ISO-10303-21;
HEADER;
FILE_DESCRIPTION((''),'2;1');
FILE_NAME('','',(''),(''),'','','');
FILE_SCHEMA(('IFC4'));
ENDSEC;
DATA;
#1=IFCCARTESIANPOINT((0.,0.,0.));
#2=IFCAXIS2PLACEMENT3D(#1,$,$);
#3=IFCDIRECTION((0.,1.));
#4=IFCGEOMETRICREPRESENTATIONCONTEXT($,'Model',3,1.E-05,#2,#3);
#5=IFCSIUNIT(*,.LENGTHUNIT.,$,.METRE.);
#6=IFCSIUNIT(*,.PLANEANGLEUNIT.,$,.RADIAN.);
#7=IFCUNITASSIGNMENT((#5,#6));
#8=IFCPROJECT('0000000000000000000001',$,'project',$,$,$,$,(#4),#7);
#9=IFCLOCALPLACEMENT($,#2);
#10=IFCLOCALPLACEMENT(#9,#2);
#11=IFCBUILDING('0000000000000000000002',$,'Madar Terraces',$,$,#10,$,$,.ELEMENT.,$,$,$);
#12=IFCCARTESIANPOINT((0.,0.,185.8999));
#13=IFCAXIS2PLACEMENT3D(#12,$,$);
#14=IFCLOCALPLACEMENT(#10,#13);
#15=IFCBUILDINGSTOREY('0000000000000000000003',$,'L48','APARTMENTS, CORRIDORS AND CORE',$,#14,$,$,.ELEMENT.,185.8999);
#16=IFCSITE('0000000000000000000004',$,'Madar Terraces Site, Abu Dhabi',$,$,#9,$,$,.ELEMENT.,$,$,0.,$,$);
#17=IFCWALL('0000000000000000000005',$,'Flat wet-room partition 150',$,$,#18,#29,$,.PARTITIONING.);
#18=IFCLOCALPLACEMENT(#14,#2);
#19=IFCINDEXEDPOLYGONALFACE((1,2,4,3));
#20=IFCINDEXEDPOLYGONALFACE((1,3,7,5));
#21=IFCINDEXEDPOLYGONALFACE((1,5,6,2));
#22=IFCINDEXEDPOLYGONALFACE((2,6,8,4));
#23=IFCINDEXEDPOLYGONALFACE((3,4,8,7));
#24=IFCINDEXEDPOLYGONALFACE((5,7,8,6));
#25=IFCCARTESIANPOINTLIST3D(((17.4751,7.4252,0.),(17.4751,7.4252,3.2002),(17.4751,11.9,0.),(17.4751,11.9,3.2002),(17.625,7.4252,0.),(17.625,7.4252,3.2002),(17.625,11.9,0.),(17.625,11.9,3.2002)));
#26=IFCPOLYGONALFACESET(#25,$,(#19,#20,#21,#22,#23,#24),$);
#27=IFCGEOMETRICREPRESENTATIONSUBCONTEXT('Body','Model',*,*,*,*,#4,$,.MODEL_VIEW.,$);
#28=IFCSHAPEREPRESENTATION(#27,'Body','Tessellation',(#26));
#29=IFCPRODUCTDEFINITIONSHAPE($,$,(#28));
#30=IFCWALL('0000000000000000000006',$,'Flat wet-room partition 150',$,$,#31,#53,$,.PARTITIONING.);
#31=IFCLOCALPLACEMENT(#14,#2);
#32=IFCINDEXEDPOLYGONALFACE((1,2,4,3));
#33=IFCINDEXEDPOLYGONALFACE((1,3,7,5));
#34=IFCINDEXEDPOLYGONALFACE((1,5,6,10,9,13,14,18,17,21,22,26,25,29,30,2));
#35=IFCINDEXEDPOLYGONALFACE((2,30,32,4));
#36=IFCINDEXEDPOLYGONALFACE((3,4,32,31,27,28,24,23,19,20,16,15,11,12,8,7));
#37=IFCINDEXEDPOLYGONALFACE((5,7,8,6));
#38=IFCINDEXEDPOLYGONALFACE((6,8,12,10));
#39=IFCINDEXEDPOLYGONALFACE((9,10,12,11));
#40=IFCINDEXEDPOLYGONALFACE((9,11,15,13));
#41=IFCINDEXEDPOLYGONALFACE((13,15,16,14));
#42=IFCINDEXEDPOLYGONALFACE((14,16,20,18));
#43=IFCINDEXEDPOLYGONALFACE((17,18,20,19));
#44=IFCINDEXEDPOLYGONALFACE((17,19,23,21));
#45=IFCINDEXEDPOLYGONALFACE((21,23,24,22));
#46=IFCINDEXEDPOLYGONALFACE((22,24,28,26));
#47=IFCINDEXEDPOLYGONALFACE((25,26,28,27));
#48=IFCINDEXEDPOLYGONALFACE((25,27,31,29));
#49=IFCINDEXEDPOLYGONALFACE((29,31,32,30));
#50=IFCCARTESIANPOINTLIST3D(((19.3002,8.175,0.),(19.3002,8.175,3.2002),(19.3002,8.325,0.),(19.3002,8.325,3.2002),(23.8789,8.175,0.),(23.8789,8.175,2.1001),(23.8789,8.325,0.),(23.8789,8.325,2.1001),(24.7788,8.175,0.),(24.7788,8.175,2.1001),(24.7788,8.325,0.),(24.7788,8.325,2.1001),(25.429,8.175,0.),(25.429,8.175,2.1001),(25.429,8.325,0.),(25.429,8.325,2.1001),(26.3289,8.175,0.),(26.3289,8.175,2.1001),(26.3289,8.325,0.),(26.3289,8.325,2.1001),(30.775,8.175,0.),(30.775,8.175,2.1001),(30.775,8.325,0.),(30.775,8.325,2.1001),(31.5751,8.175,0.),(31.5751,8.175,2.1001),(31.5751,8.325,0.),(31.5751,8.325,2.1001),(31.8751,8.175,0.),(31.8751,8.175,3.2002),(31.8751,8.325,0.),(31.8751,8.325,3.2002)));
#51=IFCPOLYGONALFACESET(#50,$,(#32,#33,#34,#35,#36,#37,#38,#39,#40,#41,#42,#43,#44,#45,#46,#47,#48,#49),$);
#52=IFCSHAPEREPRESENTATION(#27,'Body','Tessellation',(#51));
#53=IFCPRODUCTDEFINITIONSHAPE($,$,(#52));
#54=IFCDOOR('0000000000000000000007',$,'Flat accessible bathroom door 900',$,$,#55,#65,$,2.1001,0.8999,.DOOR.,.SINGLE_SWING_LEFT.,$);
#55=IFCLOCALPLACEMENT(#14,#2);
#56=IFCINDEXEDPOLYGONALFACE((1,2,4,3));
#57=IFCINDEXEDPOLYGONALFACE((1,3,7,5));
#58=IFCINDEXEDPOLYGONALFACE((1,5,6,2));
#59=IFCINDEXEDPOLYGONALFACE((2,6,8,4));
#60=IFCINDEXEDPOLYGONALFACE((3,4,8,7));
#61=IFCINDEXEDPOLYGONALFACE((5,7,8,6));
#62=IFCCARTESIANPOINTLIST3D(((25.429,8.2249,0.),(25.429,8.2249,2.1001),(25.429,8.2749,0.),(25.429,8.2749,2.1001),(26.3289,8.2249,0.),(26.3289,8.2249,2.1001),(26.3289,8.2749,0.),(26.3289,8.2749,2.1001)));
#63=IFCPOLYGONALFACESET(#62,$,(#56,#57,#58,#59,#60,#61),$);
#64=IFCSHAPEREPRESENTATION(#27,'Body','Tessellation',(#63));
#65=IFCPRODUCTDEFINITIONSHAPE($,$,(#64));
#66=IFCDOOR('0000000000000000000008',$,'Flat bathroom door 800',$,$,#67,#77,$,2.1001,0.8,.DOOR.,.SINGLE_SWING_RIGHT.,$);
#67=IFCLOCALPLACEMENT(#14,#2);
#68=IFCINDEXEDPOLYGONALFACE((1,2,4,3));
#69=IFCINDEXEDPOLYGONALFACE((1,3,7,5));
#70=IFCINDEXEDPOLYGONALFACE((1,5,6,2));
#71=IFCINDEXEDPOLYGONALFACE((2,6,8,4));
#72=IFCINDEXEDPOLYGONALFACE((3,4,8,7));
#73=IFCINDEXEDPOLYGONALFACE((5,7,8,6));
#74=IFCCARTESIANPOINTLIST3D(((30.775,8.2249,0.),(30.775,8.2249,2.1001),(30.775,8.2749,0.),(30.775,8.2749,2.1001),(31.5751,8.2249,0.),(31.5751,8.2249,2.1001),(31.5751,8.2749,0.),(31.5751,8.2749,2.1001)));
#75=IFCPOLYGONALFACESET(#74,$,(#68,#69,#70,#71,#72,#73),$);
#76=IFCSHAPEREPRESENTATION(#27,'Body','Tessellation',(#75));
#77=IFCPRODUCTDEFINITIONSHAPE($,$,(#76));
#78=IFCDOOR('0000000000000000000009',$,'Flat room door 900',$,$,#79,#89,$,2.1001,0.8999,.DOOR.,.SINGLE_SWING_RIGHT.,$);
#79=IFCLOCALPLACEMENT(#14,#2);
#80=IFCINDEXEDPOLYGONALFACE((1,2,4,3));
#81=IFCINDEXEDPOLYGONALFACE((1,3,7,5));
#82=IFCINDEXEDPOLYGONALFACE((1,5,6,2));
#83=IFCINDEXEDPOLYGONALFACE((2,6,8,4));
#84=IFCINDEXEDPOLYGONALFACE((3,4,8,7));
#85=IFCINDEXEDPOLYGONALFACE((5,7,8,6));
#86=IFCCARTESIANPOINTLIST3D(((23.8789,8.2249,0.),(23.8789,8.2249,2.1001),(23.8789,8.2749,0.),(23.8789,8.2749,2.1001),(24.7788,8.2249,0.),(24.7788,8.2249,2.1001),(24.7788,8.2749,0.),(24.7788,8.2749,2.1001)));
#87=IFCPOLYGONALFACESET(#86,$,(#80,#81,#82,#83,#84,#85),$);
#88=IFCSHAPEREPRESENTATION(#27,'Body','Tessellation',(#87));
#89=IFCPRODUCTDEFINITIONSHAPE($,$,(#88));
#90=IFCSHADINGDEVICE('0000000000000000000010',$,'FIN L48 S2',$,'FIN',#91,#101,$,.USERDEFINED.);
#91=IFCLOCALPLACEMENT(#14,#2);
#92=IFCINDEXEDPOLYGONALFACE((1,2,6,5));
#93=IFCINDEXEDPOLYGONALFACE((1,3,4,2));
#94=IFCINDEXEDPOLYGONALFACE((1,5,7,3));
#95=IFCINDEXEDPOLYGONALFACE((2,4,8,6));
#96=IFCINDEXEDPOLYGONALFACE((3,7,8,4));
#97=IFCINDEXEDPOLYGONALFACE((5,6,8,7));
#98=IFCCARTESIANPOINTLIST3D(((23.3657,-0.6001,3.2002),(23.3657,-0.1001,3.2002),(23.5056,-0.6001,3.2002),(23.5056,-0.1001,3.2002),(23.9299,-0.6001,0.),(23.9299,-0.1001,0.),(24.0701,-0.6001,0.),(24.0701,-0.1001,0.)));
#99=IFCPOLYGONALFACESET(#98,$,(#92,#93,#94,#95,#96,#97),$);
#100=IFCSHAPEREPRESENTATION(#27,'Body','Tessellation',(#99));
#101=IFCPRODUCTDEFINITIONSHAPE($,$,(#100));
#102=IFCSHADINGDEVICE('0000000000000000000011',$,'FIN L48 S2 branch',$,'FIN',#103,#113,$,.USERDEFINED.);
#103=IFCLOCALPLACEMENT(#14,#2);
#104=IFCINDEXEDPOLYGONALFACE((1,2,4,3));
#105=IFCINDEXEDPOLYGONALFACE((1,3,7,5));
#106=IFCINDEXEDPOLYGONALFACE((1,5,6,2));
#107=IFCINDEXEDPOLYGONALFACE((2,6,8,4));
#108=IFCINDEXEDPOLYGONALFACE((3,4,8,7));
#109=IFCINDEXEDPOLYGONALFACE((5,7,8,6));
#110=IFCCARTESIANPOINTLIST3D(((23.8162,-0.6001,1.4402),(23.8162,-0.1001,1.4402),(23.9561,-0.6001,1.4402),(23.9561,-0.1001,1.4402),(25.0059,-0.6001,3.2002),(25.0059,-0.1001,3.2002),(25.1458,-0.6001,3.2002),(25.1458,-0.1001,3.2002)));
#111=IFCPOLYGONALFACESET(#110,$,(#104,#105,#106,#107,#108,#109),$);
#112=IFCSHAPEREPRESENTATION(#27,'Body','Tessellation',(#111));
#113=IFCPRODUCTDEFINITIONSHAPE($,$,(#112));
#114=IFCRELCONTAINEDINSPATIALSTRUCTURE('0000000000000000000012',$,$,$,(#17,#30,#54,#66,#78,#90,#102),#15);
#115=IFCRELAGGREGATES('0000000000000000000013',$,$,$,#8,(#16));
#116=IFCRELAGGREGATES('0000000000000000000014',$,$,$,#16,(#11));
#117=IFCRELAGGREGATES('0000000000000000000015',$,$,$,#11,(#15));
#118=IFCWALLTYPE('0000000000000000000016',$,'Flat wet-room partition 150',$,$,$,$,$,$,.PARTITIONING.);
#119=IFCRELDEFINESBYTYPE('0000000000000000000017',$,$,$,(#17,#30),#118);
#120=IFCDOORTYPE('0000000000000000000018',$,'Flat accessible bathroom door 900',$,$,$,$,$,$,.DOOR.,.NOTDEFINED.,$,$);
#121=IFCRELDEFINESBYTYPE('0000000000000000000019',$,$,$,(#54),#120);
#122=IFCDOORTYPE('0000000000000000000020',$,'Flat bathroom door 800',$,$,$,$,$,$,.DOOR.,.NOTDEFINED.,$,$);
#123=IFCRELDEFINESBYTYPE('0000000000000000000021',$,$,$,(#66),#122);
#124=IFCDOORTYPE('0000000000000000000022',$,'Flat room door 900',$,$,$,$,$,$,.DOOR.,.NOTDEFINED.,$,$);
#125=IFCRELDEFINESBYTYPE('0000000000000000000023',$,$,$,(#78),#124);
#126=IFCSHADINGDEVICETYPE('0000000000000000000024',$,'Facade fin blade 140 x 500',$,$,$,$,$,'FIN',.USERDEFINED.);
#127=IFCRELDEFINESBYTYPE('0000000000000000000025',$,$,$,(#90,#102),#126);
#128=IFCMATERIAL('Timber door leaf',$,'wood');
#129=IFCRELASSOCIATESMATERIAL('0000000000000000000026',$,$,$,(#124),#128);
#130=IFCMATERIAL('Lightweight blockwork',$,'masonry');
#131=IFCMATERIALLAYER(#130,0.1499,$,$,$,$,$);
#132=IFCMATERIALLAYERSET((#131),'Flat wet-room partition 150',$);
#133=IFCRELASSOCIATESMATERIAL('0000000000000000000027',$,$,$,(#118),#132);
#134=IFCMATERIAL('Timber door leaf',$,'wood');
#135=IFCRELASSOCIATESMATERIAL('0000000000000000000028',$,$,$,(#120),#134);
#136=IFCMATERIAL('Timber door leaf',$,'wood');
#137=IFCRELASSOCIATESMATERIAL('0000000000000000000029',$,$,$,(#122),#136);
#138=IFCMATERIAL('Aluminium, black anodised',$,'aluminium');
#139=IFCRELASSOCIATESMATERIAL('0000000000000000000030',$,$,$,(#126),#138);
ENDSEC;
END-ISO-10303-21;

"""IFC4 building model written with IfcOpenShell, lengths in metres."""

from ifc_helpers import new_model, si_unit, direction, frame, frame_2d, origin, place, context, subcontext, project, spatial, polyline, rectangle, outline, extrude, material, layer, layer_set, type_object, element, fill, save


model = new_model("IFC4")

# Units and contexts
model_context = context("Model", 3, precision=1e-05, world=origin(), true_north=direction((0.0, 1.0)))
body_context = subcontext(model_context, "Body", "Model", "MODEL_VIEW")
ifc_project = project(units=[si_unit("LENGTHUNIT", "METRE"), si_unit("PLANEANGLEUNIT", "RADIAN")], contexts=[model_context])

# Site, building, storey
site_placement = place(None, origin())
site = spatial("IfcSite", under=ifc_project, at=site_placement, Name="Madar Terraces Site, Abu Dhabi", CompositionType="ELEMENT", RefElevation=0.0)
building_placement = place(site_placement, origin())
building = spatial("IfcBuilding", under=site, at=building_placement, Name="Madar Terraces", CompositionType="ELEMENT")
storey_placement = place(building_placement, frame((0.0, 0.0, 185.8999)))
storey = spatial("IfcBuildingStorey", under=building, at=storey_placement, Name="L48", Description="APARTMENTS, CORRIDORS AND CORE", CompositionType="ELEMENT", Elevation=185.8999)

# Shared definitions
ifc_material_1 = material(Name="Timber door leaf", Category="wood")
door_type_1 = type_object("IfcDoorType", Name="Flat room door 900", OperationType="NOTDEFINED", PredefinedType="DOOR", material=ifc_material_1)

# Wall
ifc_material_2 = material(Name="Lightweight blockwork", Category="masonry")
ifc_layer_1 = layer(ifc_material_2, 0.1499)
ifc_layer_set_1 = layer_set([ifc_layer_1], Name="Flat wet-room partition 150")
wall_type_1 = type_object("IfcWallType", Name="Flat wet-room partition 150", PredefinedType="PARTITIONING", material=ifc_layer_set_1)
wall_1_placement = place(storey_placement, frame((17.55, 11.8999, 0.0), z_axis=(0.0, 0.0, 1.0), x_axis=(0.0, -1.0, 0.0)))
element("IfcWall", 1, at=wall_1_placement, inside=storey, type_object=wall_type_1, Name="Flat wet-room partition 150", PredefinedType="PARTITIONING", context=body_context, shape_type="SweptSolid", body=[
    extrude(rectangle(XDim=4.4749, YDim=0.1499, at=frame_2d((2.2373, 0.0))), origin(), (0.0, 0.0, 1.0), 3.2002),
])

# Wall, openings, doors
wall_2_placement = place(storey_placement, frame((19.3, 8.25, 0.0), z_axis=(0.0, 0.0, 1.0), x_axis=(1.0, 0.0, 0.0)))
wall_2 = element("IfcWall", 2, at=wall_2_placement, inside=storey, type_object=wall_type_1, Name="Flat wet-room partition 150", PredefinedType="PARTITIONING", context=body_context, shape_type="SweptSolid", body=[
    extrude(rectangle(XDim=12.575, YDim=0.1499, at=frame_2d((6.2876, 0.0))), origin(), (0.0, 0.0, 1.0), 3.2002),
])
opening_1_placement = place(wall_2_placement, frame((11.4751, 0.0, 0.0)))
opening_1 = element("IfcOpeningElement", 3, at=opening_1_placement, cuts=wall_2, PredefinedType="OPENING", context=body_context, shape_type="SweptSolid", body=[
    extrude(rectangle(XDim=0.8, YDim=2.1001, at=frame_2d((0.3999, 1.05))), frame((0.0, 0.085, 0.0), z_axis=(0.0, -1.0, 0.0), x_axis=(1.0, 0.0, 0.0)), (0.0, 0.0, 1.0), 0.1699),
])
opening_2_placement = place(wall_2_placement, frame((6.1289, 0.0, 0.0)))
opening_2 = element("IfcOpeningElement", 4, at=opening_2_placement, cuts=wall_2, PredefinedType="OPENING", context=body_context, shape_type="SweptSolid", body=[
    extrude(rectangle(XDim=0.8999, YDim=2.1001, at=frame_2d((0.45, 1.05))), frame((0.0, 0.085, 0.0), z_axis=(0.0, -1.0, 0.0), x_axis=(1.0, 0.0, 0.0)), (0.0, 0.0, 1.0), 0.1699),
])
opening_3_placement = place(wall_2_placement, frame((4.5789, 0.0, 0.0)))
opening_3 = element("IfcOpeningElement", 5, at=opening_3_placement, cuts=wall_2, PredefinedType="OPENING", context=body_context, shape_type="SweptSolid", body=[
    extrude(rectangle(XDim=0.8999, YDim=2.1001, at=frame_2d((0.45, 1.05))), frame((0.0, 0.085, 0.0), z_axis=(0.0, -1.0, 0.0), x_axis=(1.0, 0.0, 0.0)), (0.0, 0.0, 1.0), 0.1699),
])
ifc_material_3 = material(Name="Timber door leaf", Category="wood")
door_type_2 = type_object("IfcDoorType", Name="Flat accessible bathroom door 900", OperationType="NOTDEFINED", PredefinedType="DOOR", material=ifc_material_3)
door_1_placement = place(opening_2_placement, origin())
door_1 = element("IfcDoor", 6, at=door_1_placement, inside=storey, type_object=door_type_2, Name="Flat accessible bathroom door 900", OperationType="SINGLE_SWING_LEFT", OverallHeight=2.1001, OverallWidth=0.8999, PredefinedType="DOOR", context=body_context, shape_type="SweptSolid", body=[
    extrude(rectangle(XDim=0.8999, YDim=2.1001, at=frame_2d((0.45, 1.05))), frame((0.0, 0.0249, 0.0), z_axis=(0.0, -1.0, 0.0), x_axis=(1.0, 0.0, 0.0)), (0.0, 0.0, 1.0), 0.05),
])
fill(opening_2, door_1)
ifc_material_4 = material(Name="Timber door leaf", Category="wood")
door_type_3 = type_object("IfcDoorType", Name="Flat bathroom door 800", OperationType="NOTDEFINED", PredefinedType="DOOR", material=ifc_material_4)
door_2_placement = place(opening_1_placement, origin())
door_2 = element("IfcDoor", 7, at=door_2_placement, inside=storey, type_object=door_type_3, Name="Flat bathroom door 800", OperationType="SINGLE_SWING_RIGHT", OverallHeight=2.1001, OverallWidth=0.8, PredefinedType="DOOR", context=body_context, shape_type="SweptSolid", body=[
    extrude(rectangle(XDim=0.8, YDim=2.1001, at=frame_2d((0.3999, 1.05))), frame((0.0, 0.0249, 0.0), z_axis=(0.0, -1.0, 0.0), x_axis=(1.0, 0.0, 0.0)), (0.0, 0.0, 1.0), 0.05),
])
fill(opening_1, door_2)
door_3_placement = place(opening_3_placement, origin())
door_3 = element("IfcDoor", 8, at=door_3_placement, inside=storey, type_object=door_type_1, Name="Flat room door 900", OperationType="SINGLE_SWING_RIGHT", OverallHeight=2.1001, OverallWidth=0.8999, PredefinedType="DOOR", context=body_context, shape_type="SweptSolid", body=[
    extrude(rectangle(XDim=0.8999, YDim=2.1001, at=frame_2d((0.45, 1.05))), frame((0.0, 0.0249, 0.0), z_axis=(0.0, -1.0, 0.0), x_axis=(1.0, 0.0, 0.0)), (0.0, 0.0, 1.0), 0.05),
])
fill(opening_3, door_3)

# Shading devices
ifc_material_5 = material(Name="Aluminium, black anodised", Category="aluminium")
shading_device_type = type_object("IfcShadingDeviceType", Name="Facade fin blade 140 x 500", ElementType="FIN", PredefinedType="USERDEFINED", material=ifc_material_5)
shading_device_1_placement = place(storey_placement, frame((23.9299, -0.3501, 0.0), z_axis=(0.0, 0.0, 1.0), x_axis=(1.0, 0.0, 0.0)))
element("IfcShadingDevice", 9, at=shading_device_1_placement, inside=storey, type_object=shading_device_type, Name="FIN L48 S2", ObjectType="FIN", PredefinedType="USERDEFINED", context=body_context, shape_type="SweptSolid", body=[
    extrude(outline(polyline([(0.0, 0.0), (0.1401, 0.0), (-0.4243, 3.2002), (-0.5642, 3.2002), (0.0, 0.0)])), frame((0.0, 0.25, 0.0), z_axis=(0.0, -1.0, 0.0), x_axis=(1.0, 0.0, 0.0)), (0.0, 0.0, 1.0), 0.5),
])
shading_device_2_placement = place(storey_placement, frame((23.8162, -0.3501, 1.4402), z_axis=(0.0, 0.0, 1.0), x_axis=(1.0, 0.0, 0.0)))
element("IfcShadingDevice", 10, at=shading_device_2_placement, inside=storey, type_object=shading_device_type, Name="FIN L48 S2 branch", ObjectType="FIN", PredefinedType="USERDEFINED", context=body_context, shape_type="SweptSolid", body=[
    extrude(outline(polyline([(0.0, 0.0), (0.1399, 0.0), (1.3296, 1.76), (1.1897, 1.76), (0.0, 0.0)])), frame((0.0, 0.25, 0.0), z_axis=(0.0, -1.0, 0.0), x_axis=(1.0, 0.0, 0.0)), (0.0, 0.0, 1.0), 0.5),
])

save(model, "model.ifc")
